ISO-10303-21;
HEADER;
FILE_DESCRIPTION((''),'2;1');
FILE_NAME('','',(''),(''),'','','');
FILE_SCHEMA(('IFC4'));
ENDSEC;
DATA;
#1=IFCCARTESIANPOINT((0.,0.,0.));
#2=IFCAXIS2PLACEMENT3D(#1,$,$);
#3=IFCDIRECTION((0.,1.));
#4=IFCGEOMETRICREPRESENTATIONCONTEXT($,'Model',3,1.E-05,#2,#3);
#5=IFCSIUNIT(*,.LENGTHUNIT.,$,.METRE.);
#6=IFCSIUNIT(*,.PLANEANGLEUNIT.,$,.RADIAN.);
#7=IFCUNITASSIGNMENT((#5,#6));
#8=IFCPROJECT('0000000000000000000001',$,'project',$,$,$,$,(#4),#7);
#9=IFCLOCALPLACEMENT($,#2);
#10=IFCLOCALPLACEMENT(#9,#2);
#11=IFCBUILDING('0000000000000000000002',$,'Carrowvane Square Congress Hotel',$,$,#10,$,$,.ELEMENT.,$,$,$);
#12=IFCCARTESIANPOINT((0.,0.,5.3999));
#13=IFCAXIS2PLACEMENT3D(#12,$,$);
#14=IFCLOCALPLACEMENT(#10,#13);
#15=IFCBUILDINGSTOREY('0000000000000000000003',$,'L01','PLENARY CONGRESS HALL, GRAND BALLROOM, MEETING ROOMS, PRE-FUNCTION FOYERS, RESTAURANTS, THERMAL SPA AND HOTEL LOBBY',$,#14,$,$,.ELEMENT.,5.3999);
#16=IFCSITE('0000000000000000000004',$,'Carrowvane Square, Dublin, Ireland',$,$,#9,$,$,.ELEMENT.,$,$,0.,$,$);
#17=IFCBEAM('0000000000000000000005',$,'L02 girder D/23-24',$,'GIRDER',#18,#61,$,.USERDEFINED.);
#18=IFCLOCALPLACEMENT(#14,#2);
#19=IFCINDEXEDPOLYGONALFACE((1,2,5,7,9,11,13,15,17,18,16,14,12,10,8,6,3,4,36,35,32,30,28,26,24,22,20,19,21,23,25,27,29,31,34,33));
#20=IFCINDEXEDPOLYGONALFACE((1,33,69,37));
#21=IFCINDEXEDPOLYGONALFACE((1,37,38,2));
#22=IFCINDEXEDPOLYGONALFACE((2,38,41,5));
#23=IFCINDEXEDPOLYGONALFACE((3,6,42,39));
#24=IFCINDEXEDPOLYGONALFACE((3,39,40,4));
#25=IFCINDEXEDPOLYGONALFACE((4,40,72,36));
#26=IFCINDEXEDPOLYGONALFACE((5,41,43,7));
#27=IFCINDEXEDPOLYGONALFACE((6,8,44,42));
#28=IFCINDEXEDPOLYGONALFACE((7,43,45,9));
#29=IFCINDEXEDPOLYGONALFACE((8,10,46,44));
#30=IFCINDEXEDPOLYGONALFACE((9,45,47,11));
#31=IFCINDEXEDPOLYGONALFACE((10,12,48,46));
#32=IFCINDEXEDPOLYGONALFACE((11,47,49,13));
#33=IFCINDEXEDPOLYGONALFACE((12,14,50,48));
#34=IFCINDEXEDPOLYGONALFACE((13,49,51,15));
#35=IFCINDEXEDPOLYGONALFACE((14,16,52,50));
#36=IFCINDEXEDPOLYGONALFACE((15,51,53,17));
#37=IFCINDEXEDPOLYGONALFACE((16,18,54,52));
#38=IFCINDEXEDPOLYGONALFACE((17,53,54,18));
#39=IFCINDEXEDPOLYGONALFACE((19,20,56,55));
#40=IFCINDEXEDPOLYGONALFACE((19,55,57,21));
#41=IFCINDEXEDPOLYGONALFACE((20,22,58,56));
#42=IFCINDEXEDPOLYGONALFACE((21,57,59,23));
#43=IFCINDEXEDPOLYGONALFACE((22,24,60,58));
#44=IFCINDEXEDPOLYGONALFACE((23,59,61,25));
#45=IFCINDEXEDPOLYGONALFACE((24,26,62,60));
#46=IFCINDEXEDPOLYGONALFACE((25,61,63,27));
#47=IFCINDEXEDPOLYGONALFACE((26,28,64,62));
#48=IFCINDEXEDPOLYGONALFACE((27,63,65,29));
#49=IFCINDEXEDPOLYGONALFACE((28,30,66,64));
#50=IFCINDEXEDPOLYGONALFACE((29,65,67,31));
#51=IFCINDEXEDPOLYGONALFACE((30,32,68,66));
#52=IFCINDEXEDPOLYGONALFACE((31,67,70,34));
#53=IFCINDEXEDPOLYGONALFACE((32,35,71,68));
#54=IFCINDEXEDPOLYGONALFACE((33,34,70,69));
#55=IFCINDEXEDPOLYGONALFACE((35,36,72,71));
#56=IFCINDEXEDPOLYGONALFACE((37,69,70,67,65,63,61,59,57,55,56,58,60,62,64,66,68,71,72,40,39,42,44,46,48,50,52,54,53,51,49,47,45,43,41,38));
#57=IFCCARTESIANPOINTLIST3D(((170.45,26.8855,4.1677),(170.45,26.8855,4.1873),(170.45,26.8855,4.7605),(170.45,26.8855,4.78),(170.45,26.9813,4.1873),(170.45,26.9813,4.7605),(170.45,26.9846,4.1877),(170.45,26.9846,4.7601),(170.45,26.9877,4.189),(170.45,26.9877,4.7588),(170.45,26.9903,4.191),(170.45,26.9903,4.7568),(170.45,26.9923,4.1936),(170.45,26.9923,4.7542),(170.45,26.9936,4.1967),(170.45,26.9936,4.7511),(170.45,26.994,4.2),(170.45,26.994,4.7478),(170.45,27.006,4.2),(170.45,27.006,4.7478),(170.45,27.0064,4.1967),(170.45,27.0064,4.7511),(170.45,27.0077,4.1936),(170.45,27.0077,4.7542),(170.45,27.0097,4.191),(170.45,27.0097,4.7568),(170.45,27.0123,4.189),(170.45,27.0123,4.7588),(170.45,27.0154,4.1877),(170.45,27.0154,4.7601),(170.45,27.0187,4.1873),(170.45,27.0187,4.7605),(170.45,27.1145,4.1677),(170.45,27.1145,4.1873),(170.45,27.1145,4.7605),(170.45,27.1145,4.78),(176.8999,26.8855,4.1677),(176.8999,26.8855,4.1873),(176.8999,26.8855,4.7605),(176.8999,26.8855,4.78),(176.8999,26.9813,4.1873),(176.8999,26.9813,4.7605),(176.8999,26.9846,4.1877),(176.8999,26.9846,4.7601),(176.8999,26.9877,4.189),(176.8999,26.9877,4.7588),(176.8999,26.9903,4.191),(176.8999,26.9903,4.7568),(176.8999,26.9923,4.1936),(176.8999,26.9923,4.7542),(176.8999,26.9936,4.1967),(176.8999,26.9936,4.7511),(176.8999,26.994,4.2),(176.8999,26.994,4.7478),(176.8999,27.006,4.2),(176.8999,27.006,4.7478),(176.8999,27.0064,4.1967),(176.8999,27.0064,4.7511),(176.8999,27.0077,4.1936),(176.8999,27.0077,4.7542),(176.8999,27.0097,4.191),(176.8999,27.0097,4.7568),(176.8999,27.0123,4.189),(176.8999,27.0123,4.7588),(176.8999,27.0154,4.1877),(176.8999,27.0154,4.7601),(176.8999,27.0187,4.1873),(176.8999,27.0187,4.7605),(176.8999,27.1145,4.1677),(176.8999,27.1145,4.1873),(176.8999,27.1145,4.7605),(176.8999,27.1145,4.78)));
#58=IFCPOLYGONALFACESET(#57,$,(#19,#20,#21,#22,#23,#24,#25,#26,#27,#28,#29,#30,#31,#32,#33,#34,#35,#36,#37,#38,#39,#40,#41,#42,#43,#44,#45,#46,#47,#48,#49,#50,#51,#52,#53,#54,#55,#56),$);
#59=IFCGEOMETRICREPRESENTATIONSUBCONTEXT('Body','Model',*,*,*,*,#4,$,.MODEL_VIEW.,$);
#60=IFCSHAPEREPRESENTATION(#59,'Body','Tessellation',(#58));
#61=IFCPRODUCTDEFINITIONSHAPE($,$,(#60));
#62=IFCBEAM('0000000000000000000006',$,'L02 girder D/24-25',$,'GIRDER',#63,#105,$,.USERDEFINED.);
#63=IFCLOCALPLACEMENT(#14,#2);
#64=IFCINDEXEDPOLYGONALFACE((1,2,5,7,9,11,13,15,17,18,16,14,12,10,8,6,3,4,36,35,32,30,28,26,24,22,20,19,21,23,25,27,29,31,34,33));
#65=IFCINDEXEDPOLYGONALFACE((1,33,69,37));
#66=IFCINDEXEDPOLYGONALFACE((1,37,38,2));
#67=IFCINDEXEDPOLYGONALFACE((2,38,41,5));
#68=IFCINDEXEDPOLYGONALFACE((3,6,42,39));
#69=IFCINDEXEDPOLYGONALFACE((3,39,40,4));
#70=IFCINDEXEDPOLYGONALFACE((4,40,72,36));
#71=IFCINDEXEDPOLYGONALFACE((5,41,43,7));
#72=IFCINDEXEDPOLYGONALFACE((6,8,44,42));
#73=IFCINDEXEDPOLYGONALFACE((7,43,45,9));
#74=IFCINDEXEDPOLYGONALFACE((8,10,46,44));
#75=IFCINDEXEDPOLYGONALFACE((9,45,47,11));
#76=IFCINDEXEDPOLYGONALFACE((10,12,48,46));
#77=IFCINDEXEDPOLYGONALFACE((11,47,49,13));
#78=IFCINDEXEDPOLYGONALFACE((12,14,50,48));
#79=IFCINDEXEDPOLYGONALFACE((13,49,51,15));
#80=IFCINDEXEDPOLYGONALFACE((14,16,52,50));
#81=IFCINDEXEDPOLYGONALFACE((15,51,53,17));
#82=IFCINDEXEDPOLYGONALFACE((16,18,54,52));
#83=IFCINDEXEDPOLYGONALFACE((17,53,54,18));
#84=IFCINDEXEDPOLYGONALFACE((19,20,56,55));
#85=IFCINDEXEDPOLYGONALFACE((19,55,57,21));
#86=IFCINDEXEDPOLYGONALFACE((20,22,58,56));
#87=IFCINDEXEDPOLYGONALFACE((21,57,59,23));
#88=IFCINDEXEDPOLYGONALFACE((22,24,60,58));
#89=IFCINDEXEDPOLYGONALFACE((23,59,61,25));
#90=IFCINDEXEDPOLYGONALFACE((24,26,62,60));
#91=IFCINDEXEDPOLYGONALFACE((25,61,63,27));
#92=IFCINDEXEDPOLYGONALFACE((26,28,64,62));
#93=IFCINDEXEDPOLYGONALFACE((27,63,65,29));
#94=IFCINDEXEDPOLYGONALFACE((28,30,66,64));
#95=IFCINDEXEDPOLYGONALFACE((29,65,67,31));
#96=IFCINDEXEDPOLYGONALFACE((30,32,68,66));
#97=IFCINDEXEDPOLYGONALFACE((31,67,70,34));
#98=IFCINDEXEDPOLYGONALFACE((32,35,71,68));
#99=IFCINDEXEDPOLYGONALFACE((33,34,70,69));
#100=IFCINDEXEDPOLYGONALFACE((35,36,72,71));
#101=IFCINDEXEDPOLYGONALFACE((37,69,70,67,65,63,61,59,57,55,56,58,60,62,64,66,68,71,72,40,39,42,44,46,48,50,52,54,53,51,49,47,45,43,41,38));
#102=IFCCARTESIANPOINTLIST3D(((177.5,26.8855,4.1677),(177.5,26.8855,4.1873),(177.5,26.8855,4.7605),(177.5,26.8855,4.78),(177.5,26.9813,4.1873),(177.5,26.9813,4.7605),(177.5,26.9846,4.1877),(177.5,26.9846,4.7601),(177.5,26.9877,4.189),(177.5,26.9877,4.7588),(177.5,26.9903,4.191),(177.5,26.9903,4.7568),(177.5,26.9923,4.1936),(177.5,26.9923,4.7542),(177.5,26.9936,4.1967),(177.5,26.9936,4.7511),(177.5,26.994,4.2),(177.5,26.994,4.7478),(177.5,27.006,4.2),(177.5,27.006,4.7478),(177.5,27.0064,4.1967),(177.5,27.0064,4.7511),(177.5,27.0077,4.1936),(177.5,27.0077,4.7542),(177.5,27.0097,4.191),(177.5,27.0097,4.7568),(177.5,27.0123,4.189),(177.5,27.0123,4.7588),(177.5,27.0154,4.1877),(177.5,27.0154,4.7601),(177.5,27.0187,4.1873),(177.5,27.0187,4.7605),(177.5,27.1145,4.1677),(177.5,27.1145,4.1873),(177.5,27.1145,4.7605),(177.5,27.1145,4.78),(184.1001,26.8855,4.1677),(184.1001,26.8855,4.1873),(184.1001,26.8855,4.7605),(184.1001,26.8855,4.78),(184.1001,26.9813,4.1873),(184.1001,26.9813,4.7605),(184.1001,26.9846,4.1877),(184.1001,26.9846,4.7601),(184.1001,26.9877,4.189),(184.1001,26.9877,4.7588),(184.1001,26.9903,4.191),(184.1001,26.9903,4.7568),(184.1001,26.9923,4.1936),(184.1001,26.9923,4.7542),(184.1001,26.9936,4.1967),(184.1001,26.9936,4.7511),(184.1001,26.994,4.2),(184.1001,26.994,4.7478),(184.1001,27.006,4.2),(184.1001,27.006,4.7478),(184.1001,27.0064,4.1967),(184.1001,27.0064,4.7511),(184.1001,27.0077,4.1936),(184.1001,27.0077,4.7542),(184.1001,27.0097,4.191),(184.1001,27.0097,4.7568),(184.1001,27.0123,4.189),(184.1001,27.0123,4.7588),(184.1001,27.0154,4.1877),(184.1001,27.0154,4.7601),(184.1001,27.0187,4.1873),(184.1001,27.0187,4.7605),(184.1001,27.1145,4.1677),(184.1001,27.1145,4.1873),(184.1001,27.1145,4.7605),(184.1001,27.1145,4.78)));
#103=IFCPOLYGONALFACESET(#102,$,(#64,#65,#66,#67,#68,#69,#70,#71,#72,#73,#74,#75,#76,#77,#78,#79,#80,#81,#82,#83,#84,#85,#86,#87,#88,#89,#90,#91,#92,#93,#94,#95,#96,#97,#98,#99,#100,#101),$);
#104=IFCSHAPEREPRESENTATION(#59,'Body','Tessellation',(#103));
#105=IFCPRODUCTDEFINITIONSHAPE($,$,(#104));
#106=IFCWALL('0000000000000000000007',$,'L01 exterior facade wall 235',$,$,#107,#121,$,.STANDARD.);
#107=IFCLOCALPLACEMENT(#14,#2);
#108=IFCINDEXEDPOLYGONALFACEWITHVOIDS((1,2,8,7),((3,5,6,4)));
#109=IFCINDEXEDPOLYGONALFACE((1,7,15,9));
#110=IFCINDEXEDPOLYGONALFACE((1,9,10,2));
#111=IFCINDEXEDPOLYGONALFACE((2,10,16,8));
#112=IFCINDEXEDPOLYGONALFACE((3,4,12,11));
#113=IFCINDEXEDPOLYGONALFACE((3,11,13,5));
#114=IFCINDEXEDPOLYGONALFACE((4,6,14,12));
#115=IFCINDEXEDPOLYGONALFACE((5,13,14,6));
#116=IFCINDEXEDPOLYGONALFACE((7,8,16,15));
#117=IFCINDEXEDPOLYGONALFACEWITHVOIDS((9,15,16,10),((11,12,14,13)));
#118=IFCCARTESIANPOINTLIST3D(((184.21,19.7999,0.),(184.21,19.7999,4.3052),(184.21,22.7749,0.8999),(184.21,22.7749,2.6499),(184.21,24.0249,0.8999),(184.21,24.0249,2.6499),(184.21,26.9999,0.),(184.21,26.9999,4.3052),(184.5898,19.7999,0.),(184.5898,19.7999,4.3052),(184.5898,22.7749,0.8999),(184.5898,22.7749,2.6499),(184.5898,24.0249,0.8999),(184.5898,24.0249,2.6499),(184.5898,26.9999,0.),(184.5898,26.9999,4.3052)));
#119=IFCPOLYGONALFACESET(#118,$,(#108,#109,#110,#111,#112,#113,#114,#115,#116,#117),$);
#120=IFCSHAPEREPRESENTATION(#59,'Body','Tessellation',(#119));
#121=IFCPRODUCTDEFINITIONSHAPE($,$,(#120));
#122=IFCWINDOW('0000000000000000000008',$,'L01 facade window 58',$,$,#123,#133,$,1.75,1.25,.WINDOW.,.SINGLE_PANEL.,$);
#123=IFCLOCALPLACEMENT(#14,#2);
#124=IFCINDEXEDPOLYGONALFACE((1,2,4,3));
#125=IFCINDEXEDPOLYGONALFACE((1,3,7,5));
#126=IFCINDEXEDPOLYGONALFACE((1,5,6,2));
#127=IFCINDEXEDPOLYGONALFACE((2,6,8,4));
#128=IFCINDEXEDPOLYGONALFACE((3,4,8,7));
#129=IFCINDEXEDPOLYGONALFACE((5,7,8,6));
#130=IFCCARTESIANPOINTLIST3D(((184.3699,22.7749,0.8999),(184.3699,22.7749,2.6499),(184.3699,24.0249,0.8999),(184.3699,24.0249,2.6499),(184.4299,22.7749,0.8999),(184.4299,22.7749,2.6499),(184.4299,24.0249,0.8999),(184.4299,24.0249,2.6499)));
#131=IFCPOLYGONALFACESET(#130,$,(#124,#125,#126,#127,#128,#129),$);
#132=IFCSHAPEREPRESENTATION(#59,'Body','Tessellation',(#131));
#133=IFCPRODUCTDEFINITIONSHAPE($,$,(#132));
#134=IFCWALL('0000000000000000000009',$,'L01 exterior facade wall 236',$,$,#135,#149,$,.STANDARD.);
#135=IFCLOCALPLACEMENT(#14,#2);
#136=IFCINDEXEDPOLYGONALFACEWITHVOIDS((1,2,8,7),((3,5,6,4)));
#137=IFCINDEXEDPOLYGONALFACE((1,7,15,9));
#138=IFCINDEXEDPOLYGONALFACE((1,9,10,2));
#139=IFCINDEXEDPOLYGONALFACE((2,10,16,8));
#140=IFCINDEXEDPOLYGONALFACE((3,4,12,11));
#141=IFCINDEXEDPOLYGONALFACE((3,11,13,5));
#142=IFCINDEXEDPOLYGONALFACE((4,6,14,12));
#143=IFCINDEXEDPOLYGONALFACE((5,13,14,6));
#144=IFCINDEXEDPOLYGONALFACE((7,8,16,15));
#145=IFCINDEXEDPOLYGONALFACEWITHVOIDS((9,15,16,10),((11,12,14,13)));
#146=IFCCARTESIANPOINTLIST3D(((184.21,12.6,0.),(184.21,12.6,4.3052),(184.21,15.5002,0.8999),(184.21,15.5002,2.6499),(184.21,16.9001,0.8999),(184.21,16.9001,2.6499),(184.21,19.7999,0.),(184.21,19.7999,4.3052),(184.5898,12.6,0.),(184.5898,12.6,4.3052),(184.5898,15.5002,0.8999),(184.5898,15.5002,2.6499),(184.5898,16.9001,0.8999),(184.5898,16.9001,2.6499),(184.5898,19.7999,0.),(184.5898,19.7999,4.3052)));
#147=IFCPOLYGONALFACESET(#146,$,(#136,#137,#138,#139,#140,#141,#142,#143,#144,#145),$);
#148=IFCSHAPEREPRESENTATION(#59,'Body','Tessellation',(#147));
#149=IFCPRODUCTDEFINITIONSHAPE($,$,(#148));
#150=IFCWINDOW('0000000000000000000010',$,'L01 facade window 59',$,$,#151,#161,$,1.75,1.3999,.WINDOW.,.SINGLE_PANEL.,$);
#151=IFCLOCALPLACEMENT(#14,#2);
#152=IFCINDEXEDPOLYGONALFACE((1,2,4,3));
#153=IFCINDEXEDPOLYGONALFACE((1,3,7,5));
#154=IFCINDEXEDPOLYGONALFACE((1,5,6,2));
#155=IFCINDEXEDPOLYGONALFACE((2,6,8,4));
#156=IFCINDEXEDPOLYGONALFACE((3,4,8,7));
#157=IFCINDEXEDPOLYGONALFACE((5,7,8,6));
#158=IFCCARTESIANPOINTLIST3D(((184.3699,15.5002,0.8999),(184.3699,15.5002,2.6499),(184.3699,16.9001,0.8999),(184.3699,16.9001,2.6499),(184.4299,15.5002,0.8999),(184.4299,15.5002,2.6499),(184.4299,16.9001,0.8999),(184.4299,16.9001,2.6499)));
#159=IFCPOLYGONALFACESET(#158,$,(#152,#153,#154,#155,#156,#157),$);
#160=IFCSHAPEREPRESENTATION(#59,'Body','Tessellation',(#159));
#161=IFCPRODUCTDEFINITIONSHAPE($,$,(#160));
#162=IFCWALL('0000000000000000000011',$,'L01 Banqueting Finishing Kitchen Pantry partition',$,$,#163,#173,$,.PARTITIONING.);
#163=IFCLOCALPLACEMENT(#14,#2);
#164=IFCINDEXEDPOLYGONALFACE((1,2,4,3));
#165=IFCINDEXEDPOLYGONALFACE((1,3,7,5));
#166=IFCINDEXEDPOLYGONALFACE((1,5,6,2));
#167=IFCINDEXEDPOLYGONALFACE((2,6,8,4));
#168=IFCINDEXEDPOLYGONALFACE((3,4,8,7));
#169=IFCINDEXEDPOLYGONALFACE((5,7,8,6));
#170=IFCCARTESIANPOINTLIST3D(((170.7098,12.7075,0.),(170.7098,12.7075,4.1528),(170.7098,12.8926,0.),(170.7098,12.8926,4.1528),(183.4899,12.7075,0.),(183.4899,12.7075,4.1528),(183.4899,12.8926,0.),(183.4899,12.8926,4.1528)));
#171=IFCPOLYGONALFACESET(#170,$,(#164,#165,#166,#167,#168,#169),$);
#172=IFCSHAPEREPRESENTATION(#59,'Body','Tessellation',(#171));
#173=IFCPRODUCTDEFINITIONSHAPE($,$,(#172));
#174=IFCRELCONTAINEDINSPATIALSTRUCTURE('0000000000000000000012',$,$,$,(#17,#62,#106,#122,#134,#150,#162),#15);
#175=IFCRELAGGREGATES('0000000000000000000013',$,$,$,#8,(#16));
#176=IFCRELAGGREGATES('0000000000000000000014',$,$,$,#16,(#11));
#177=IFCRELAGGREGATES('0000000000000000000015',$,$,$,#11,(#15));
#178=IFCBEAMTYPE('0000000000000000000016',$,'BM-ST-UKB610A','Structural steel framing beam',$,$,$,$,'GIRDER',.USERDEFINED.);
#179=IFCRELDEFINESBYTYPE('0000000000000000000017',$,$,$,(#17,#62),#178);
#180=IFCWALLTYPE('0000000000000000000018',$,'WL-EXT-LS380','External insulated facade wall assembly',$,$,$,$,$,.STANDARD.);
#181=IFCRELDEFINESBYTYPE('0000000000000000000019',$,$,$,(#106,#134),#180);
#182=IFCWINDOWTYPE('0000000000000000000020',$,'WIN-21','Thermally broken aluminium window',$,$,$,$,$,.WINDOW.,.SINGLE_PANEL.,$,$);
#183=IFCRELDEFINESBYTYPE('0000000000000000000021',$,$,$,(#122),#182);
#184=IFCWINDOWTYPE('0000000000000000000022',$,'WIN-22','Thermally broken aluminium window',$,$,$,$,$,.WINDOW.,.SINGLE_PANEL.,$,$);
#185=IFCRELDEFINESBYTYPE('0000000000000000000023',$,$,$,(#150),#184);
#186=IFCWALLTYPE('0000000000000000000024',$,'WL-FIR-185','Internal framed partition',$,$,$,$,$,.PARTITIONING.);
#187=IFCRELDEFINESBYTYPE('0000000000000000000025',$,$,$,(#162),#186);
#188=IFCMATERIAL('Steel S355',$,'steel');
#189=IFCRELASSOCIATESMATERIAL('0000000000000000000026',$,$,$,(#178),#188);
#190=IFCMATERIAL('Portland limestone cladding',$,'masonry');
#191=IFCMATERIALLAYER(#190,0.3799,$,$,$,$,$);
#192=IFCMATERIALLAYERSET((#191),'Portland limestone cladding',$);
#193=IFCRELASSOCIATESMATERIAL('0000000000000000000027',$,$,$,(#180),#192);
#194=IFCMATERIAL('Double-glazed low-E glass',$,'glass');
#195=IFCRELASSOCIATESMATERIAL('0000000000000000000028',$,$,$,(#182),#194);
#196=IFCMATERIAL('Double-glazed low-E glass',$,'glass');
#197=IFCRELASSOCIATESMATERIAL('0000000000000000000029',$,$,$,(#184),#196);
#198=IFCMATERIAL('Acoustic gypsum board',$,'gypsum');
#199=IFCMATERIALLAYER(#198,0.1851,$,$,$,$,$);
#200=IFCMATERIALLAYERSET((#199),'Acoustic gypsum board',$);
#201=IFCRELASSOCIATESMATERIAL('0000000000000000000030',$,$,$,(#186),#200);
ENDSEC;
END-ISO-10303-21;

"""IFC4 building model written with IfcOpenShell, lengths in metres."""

from ifc_helpers import new_model, si_unit, direction, frame, frame_2d, origin, origin_2d, place, context, subcontext, project, spatial, rectangle, i_section, extrude, material, layer, layer_set, material_profile, profile_set, type_object, element, fill, save


model = new_model("IFC4")

# Units and contexts
model_context = context("Model", 3, precision=1e-05, world=origin(), true_north=direction((0.0, 1.0)))
body_context = subcontext(model_context, "Body", "Model", "MODEL_VIEW")
ifc_project = project(units=[si_unit("LENGTHUNIT", "METRE"), si_unit("PLANEANGLEUNIT", "RADIAN")], contexts=[model_context])

# Site, building, storey
site_placement = place(None, origin())
site = spatial("IfcSite", under=ifc_project, at=site_placement, Name="Carrowvane Square, Dublin, Ireland", CompositionType="ELEMENT", RefElevation=0.0)
building_placement = place(site_placement, origin())
building = spatial("IfcBuilding", under=site, at=building_placement, Name="Carrowvane Square Congress Hotel", CompositionType="ELEMENT")
storey_placement = place(building_placement, frame((0.0, 0.0, 5.3999)))
storey = spatial("IfcBuildingStorey", under=building, at=storey_placement, Name="L01", Description="PLENARY CONGRESS HALL, GRAND BALLROOM, MEETING ROOMS, PRE-FUNCTION FOYERS, RESTAURANTS, THERMAL SPA AND HOTEL LOBBY", CompositionType="ELEMENT", Elevation=5.3999)

# Beams
ifc_material_1 = material(Name="Steel S355", Category="steel")
ifc_material_profile_1 = material_profile(ifc_material_1, i_section(OverallWidth=0.229, OverallDepth=0.6123, WebThickness=0.012, FlangeThickness=0.0195, FilletRadius=0.0127, at=origin_2d()), Name="UKB 610x229x125")
ifc_profile_set_1 = profile_set([ifc_material_profile_1], Name="Steel S355")
beam_type_1 = type_object("IfcBeamType", Name="BM-ST-UKB610A", Description="Structural steel framing beam", ElementType="GIRDER", PredefinedType="USERDEFINED", material=ifc_profile_set_1)
beam_1_placement = place(storey_placement, frame((170.45, 27.0, 4.4739), z_axis=(1.0, 0.0, 0.0), x_axis=(0.0, 1.0, 0.0)))
element("IfcBeam", 1, at=beam_1_placement, inside=storey, type_object=beam_type_1, Name="L02 girder D/23-24", ObjectType="GIRDER", PredefinedType="USERDEFINED", context=body_context, shape_type="SweptSolid", body=[
    extrude(i_section(OverallWidth=0.229, OverallDepth=0.6123, WebThickness=0.012, FlangeThickness=0.0195, FilletRadius=0.0127, at=origin_2d()), origin(), (0.0, 0.0, 1.0), 6.45),
])
beam_2_placement = place(storey_placement, frame((177.5, 27.0, 4.4739), z_axis=(1.0, 0.0, 0.0), x_axis=(0.0, 1.0, 0.0)))
element("IfcBeam", 2, at=beam_2_placement, inside=storey, type_object=beam_type_1, Name="L02 girder D/24-25", ObjectType="GIRDER", PredefinedType="USERDEFINED", context=body_context, shape_type="SweptSolid", body=[
    extrude(i_section(OverallWidth=0.229, OverallDepth=0.6123, WebThickness=0.012, FlangeThickness=0.0195, FilletRadius=0.0127, at=origin_2d()), origin(), (0.0, 0.0, 1.0), 6.6001),
])

# Walls, openings, windows
ifc_material_2 = material(Name="Portland limestone cladding", Category="masonry")
ifc_layer_1 = layer(ifc_material_2, 0.3799)
ifc_layer_set_1 = layer_set([ifc_layer_1], Name="Portland limestone cladding")
wall_type_1 = type_object("IfcWallType", Name="WL-EXT-LS380", Description="External insulated facade wall assembly", PredefinedType="STANDARD", material=ifc_layer_set_1)
wall_1_placement = place(storey_placement, frame((184.3999, 27.0, 0.0), z_axis=(0.0, 0.0, 1.0), x_axis=(0.0, -1.0, 0.0)))
wall_1 = element("IfcWall", 3, at=wall_1_placement, inside=storey, type_object=wall_type_1, Name="L01 exterior facade wall 235", PredefinedType="STANDARD", context=body_context, shape_type="SweptSolid", body=[
    extrude(rectangle(XDim=7.2, YDim=0.3799, at=frame_2d((3.6001, 0.0))), origin(), (0.0, 0.0, 1.0), 4.3052),
])
opening_1_placement = place(wall_1_placement, frame((2.9751, 0.0, 0.8999)))
opening_1 = element("IfcOpeningElement", 4, at=opening_1_placement, cuts=wall_1, PredefinedType="OPENING", context=body_context, shape_type="SweptSolid", body=[
    extrude(rectangle(XDim=1.25, YDim=1.75, at=frame_2d((0.625, 0.875))), frame((0.0, 0.2, 0.0), z_axis=(0.0, -1.0, 0.0), x_axis=(1.0, 0.0, 0.0)), (0.0, 0.0, 1.0), 0.3999),
])
ifc_material_3 = material(Name="Double-glazed low-E glass", Category="glass")
window_type_1 = type_object("IfcWindowType", Name="WIN-21", Description="Thermally broken aluminium window", PartitioningType="SINGLE_PANEL", PredefinedType="WINDOW", material=ifc_material_3)
window_1_placement = place(opening_1_placement, origin())
window_1 = element("IfcWindow", 5, at=window_1_placement, inside=storey, type_object=window_type_1, Name="L01 facade window 58", OverallHeight=1.75, OverallWidth=1.25, PartitioningType="SINGLE_PANEL", PredefinedType="WINDOW", context=body_context, shape_type="SweptSolid", body=[
    extrude(rectangle(XDim=1.25, YDim=1.75, at=frame_2d((0.625, 0.875))), frame((0.0, 0.03, 0.0), z_axis=(0.0, -1.0, 0.0), x_axis=(1.0, 0.0, 0.0)), (0.0, 0.0, 1.0), 0.0601),
])
fill(opening_1, window_1)
wall_2_placement = place(storey_placement, frame((184.3999, 19.8, 0.0), z_axis=(0.0, 0.0, 1.0), x_axis=(0.0, -1.0, 0.0)))
wall_2 = element("IfcWall", 6, at=wall_2_placement, inside=storey, type_object=wall_type_1, Name="L01 exterior facade wall 236", PredefinedType="STANDARD", context=body_context, shape_type="SweptSolid", body=[
    extrude(rectangle(XDim=7.2, YDim=0.3799, at=frame_2d((3.6001, 0.0))), origin(), (0.0, 0.0, 1.0), 4.3052),
])
opening_2_placement = place(wall_2_placement, frame((2.8999, 0.0, 0.8999)))
opening_2 = element("IfcOpeningElement", 7, at=opening_2_placement, cuts=wall_2, PredefinedType="OPENING", context=body_context, shape_type="SweptSolid", body=[
    extrude(rectangle(XDim=1.3999, YDim=1.75, at=frame_2d((0.7, 0.875))), frame((0.0, 0.2, 0.0), z_axis=(0.0, -1.0, 0.0), x_axis=(1.0, 0.0, 0.0)), (0.0, 0.0, 1.0), 0.3999),
])
ifc_material_4 = material(Name="Double-glazed low-E glass", Category="glass")
window_type_2 = type_object("IfcWindowType", Name="WIN-22", Description="Thermally broken aluminium window", PartitioningType="SINGLE_PANEL", PredefinedType="WINDOW", material=ifc_material_4)
window_2_placement = place(opening_2_placement, origin())
window_2 = element("IfcWindow", 8, at=window_2_placement, inside=storey, type_object=window_type_2, Name="L01 facade window 59", OverallHeight=1.75, OverallWidth=1.3999, PartitioningType="SINGLE_PANEL", PredefinedType="WINDOW", context=body_context, shape_type="SweptSolid", body=[
    extrude(rectangle(XDim=1.3999, YDim=1.75, at=frame_2d((0.7, 0.875))), frame((0.0, 0.03, 0.0), z_axis=(0.0, -1.0, 0.0), x_axis=(1.0, 0.0, 0.0)), (0.0, 0.0, 1.0), 0.0601),
])
fill(opening_2, window_2)

# Wall
ifc_material_5 = material(Name="Acoustic gypsum board", Category="gypsum")
ifc_layer_2 = layer(ifc_material_5, 0.1851)
ifc_layer_set_2 = layer_set([ifc_layer_2], Name="Acoustic gypsum board")
wall_type_2 = type_object("IfcWallType", Name="WL-FIR-185", Description="Internal framed partition", PredefinedType="PARTITIONING", material=ifc_layer_set_2)
wall_3_placement = place(storey_placement, frame((183.49, 12.8, 0.0), z_axis=(0.0, 0.0, 1.0), x_axis=(-1.0, 0.0, 0.0)))
element("IfcWall", 9, at=wall_3_placement, inside=storey, type_object=wall_type_2, Name="L01 Banqueting Finishing Kitchen Pantry partition", PredefinedType="PARTITIONING", context=body_context, shape_type="SweptSolid", body=[
    extrude(rectangle(XDim=12.78, YDim=0.1851, at=frame_2d((6.3901, 0.0))), origin(), (0.0, 0.0, 1.0), 4.1528),
])

save(model, "model.ifc")
